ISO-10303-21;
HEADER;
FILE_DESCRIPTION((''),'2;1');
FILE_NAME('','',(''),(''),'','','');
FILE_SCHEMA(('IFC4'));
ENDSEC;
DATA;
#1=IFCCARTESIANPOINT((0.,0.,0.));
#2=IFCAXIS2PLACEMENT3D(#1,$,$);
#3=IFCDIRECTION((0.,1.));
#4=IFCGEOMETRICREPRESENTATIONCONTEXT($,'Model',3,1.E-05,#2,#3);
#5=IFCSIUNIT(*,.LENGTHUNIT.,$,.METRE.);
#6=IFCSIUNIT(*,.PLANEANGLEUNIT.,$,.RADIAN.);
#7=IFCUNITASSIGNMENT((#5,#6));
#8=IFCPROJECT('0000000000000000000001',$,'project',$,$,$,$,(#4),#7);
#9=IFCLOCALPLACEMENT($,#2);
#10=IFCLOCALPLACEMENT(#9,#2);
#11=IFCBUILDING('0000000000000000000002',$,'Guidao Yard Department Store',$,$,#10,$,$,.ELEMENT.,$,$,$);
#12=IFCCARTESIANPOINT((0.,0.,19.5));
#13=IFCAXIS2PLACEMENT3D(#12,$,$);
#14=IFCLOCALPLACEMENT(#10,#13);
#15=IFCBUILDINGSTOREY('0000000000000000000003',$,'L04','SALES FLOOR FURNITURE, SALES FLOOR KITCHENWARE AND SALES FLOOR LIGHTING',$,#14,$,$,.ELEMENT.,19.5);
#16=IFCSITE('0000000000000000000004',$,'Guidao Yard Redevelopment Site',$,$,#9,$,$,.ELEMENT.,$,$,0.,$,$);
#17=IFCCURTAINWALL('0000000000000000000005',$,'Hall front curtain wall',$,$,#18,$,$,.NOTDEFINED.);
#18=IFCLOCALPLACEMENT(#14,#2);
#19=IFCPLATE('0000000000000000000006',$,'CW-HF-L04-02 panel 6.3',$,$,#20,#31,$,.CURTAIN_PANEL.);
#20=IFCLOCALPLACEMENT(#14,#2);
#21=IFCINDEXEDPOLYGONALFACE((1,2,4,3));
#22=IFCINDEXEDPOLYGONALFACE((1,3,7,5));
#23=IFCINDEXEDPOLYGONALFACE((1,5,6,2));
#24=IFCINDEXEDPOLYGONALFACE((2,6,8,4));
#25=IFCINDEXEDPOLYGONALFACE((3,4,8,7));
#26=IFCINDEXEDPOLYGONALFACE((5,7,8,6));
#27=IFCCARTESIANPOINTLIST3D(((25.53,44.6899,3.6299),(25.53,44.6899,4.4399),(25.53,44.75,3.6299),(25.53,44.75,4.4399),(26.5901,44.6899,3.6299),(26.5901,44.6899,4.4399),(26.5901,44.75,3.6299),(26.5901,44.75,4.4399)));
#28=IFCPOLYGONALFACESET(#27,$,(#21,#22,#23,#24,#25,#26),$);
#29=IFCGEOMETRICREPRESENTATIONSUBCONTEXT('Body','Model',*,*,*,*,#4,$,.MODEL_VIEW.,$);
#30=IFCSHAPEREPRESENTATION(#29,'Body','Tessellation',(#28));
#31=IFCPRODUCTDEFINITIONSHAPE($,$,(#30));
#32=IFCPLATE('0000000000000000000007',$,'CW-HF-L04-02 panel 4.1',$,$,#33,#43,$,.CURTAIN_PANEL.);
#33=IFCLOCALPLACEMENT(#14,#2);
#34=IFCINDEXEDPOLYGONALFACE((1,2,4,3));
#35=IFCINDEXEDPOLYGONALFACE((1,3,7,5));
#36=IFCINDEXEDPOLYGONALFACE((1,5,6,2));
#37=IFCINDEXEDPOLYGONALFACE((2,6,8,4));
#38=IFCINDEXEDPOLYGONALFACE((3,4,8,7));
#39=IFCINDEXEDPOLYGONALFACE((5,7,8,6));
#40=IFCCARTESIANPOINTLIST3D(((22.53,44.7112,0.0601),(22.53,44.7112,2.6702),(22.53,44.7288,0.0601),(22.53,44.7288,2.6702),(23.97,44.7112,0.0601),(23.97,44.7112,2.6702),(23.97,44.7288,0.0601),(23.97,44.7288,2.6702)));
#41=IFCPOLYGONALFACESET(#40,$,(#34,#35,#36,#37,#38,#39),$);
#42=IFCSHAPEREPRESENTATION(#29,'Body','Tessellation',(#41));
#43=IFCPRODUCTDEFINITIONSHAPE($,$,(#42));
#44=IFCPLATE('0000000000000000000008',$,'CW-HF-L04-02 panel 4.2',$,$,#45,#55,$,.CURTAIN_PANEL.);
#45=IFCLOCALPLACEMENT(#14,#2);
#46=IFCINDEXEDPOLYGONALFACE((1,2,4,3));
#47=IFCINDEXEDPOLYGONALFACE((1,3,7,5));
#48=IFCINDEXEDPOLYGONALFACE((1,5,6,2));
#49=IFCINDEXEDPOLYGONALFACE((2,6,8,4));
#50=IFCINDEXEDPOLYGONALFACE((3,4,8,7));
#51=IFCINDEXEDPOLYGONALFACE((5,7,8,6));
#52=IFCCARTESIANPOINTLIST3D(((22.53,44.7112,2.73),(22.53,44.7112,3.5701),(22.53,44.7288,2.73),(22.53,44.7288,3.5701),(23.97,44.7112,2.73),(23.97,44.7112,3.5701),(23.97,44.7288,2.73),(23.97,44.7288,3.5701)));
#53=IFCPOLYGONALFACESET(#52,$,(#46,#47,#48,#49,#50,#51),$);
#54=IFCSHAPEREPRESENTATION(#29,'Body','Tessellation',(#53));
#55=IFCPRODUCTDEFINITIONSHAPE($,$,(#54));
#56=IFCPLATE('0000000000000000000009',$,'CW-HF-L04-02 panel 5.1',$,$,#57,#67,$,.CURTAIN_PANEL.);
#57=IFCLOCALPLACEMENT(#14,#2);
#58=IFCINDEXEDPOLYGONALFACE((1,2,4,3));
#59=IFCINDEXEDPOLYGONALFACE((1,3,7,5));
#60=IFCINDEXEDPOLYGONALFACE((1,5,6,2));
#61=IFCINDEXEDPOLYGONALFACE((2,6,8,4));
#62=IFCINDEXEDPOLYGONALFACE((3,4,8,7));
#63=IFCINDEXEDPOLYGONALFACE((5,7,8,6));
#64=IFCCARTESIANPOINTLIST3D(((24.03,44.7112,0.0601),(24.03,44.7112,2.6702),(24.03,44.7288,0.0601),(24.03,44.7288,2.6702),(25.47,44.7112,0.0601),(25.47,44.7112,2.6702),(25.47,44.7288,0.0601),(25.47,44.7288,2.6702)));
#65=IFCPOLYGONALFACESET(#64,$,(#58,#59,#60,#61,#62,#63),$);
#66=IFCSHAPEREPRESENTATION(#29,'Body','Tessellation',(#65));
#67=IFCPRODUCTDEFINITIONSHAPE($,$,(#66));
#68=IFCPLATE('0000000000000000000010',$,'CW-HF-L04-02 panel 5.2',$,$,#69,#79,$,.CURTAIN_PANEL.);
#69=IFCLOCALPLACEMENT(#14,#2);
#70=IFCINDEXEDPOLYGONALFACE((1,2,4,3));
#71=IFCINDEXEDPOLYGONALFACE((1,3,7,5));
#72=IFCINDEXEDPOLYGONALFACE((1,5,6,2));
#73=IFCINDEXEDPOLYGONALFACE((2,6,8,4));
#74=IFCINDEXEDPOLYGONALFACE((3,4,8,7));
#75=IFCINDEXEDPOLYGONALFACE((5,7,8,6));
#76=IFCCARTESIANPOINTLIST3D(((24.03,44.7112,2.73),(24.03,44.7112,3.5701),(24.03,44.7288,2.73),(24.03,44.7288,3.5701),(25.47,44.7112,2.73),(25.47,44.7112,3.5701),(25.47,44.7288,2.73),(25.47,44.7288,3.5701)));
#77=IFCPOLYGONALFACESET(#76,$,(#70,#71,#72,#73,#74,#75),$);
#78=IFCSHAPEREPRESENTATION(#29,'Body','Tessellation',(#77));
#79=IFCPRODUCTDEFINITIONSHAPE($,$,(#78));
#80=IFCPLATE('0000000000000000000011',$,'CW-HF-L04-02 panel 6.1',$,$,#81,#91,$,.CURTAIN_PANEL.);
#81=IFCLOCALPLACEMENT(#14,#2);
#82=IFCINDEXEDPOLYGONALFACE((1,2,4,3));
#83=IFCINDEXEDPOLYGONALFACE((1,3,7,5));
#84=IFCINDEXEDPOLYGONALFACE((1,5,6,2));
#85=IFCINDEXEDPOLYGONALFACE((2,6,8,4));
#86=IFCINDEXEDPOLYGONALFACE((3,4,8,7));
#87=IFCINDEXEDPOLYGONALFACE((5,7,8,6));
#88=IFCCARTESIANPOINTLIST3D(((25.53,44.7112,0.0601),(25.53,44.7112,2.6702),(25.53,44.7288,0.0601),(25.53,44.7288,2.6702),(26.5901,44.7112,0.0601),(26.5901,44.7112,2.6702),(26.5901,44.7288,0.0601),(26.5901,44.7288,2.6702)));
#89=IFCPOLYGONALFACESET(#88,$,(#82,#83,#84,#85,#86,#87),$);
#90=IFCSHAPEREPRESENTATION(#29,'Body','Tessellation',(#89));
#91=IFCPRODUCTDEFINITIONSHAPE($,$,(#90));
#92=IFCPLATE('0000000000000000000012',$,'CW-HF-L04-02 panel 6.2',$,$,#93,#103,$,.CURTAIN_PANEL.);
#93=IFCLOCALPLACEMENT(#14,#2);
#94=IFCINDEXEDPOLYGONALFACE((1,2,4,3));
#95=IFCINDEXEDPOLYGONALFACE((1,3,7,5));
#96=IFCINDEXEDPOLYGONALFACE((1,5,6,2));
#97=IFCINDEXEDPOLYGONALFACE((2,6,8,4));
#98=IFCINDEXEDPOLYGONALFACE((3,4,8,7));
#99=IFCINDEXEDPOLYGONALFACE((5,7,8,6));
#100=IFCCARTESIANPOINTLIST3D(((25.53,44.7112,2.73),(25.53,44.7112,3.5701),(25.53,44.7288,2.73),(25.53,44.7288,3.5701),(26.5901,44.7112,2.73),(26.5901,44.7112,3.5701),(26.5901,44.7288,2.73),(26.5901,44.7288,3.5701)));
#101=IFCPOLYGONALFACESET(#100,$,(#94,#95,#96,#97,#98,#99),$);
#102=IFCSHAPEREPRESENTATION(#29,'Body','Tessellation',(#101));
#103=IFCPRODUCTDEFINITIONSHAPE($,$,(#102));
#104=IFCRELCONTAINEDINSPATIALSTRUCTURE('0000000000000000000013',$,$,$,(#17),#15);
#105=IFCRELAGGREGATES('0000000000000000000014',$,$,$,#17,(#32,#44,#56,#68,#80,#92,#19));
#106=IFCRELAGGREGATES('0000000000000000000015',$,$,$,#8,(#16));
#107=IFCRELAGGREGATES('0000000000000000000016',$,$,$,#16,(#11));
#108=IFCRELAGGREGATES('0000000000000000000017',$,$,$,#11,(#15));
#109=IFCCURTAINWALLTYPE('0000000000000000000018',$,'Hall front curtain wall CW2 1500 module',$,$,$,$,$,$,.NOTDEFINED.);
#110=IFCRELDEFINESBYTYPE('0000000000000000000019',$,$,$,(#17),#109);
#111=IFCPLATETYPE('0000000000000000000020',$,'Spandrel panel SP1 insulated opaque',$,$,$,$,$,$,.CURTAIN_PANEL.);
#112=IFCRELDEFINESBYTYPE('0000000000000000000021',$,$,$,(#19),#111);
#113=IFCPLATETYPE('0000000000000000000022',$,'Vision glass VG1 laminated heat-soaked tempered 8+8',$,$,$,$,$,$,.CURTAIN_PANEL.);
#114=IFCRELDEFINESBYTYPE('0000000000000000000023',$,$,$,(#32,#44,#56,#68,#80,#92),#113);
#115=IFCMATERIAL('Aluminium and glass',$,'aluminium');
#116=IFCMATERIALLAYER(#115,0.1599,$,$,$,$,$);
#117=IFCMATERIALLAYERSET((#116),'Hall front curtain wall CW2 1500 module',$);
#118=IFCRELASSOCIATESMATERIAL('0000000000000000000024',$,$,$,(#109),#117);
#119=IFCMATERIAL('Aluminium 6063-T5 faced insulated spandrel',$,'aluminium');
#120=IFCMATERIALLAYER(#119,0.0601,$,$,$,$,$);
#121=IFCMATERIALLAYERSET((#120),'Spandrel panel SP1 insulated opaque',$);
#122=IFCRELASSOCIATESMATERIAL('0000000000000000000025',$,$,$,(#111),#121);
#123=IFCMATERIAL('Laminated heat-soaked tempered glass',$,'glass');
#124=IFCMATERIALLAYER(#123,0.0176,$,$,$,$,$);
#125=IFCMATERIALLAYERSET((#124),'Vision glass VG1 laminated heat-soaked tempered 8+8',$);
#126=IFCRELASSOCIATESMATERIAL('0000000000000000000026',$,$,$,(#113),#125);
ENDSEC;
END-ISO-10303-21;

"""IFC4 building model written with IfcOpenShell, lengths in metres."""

from ifc_helpers import new_model, si_unit, direction, frame, origin, origin_2d, place, context, subcontext, project, spatial, rectangle, extrude, material, layer, layer_set, type_object, element, aggregate, save


model = new_model("IFC4")

# Units and contexts
model_context = context("Model", 3, precision=1e-05, world=origin(), true_north=direction((0.0, 1.0)))
body_context = subcontext(model_context, "Body", "Model", "MODEL_VIEW")
ifc_project = project(units=[si_unit("LENGTHUNIT", "METRE"), si_unit("PLANEANGLEUNIT", "RADIAN")], contexts=[model_context])

# Site, building, storey
site_placement = place(None, origin())
site = spatial("IfcSite", under=ifc_project, at=site_placement, Name="Guidao Yard Redevelopment Site", CompositionType="ELEMENT", RefElevation=0.0)
building_placement = place(site_placement, origin())
building = spatial("IfcBuilding", under=site, at=building_placement, Name="Guidao Yard Department Store", CompositionType="ELEMENT")
storey_placement = place(building_placement, frame((0.0, 0.0, 19.5)))
storey = spatial("IfcBuildingStorey", under=building, at=storey_placement, Name="L04", Description="SALES FLOOR FURNITURE, SALES FLOOR KITCHENWARE AND SALES FLOOR LIGHTING", CompositionType="ELEMENT", Elevation=19.5)

# Curtain wall, plates
ifc_material_1 = material(Name="Aluminium and glass", Category="aluminium")
ifc_layer_1 = layer(ifc_material_1, 0.1599)
ifc_layer_set_1 = layer_set([ifc_layer_1], Name="Hall front curtain wall CW2 1500 module")
curtain_wall_type = type_object("IfcCurtainWallType", Name="Hall front curtain wall CW2 1500 module", PredefinedType="NOTDEFINED", material=ifc_layer_set_1)
curtain_wall_placement = place(storey_placement, origin())
curtain_wall = element("IfcCurtainWall", 1, at=curtain_wall_placement, inside=storey, type_object=curtain_wall_type, Name="Hall front curtain wall", PredefinedType="NOTDEFINED")
ifc_material_2 = material(Name="Aluminium 6063-T5 faced insulated spandrel", Category="aluminium")
ifc_layer_2 = layer(ifc_material_2, 0.0601)
ifc_layer_set_2 = layer_set([ifc_layer_2], Name="Spandrel panel SP1 insulated opaque")
plate_type_1 = type_object("IfcPlateType", Name="Spandrel panel SP1 insulated opaque", PredefinedType="CURTAIN_PANEL", material=ifc_layer_set_2)
plate_1_placement = place(storey_placement, frame((26.0601, 44.72, 3.6299), z_axis=(0.0, 0.0, 1.0), x_axis=(-1.0, 0.0, 0.0)))
plate_1 = element("IfcPlate", 2, at=plate_1_placement, type_object=plate_type_1, Name="CW-HF-L04-02 panel 6.3", PredefinedType="CURTAIN_PANEL", context=body_context, shape_type="SweptSolid", body=[
    extrude(rectangle(XDim=1.0601, YDim=0.0601, at=origin_2d()), origin(), (0.0, 0.0, 1.0), 0.8101),
])
ifc_material_3 = material(Name="Laminated heat-soaked tempered glass", Category="glass")
ifc_layer_3 = layer(ifc_material_3, 0.0176)
ifc_layer_set_3 = layer_set([ifc_layer_3], Name="Vision glass VG1 laminated heat-soaked tempered 8+8")
plate_type_2 = type_object("IfcPlateType", Name="Vision glass VG1 laminated heat-soaked tempered 8+8", PredefinedType="CURTAIN_PANEL", material=ifc_layer_set_3)
plate_2_placement = place(storey_placement, frame((23.25, 44.72, 0.0601), z_axis=(0.0, 0.0, 1.0), x_axis=(-1.0, 0.0, 0.0)))
plate_2 = element("IfcPlate", 3, at=plate_2_placement, type_object=plate_type_2, Name="CW-HF-L04-02 panel 4.1", PredefinedType="CURTAIN_PANEL", context=body_context, shape_type="SweptSolid", body=[
    extrude(rectangle(XDim=1.4399, YDim=0.0176, at=origin_2d()), origin(), (0.0, 0.0, 1.0), 2.6101),
])
plate_3_placement = place(storey_placement, frame((23.25, 44.72, 2.73), z_axis=(0.0, 0.0, 1.0), x_axis=(-1.0, 0.0, 0.0)))
plate_3 = element("IfcPlate", 4, at=plate_3_placement, type_object=plate_type_2, Name="CW-HF-L04-02 panel 4.2", PredefinedType="CURTAIN_PANEL", context=body_context, shape_type="SweptSolid", body=[
    extrude(rectangle(XDim=1.4399, YDim=0.0176, at=origin_2d()), origin(), (0.0, 0.0, 1.0), 0.8401),
])
plate_4_placement = place(storey_placement, frame((24.75, 44.72, 0.0601), z_axis=(0.0, 0.0, 1.0), x_axis=(-1.0, 0.0, 0.0)))
plate_4 = element("IfcPlate", 5, at=plate_4_placement, type_object=plate_type_2, Name="CW-HF-L04-02 panel 5.1", PredefinedType="CURTAIN_PANEL", context=body_context, shape_type="SweptSolid", body=[
    extrude(rectangle(XDim=1.4399, YDim=0.0176, at=origin_2d()), origin(), (0.0, 0.0, 1.0), 2.6101),
])
plate_5_placement = place(storey_placement, frame((24.75, 44.72, 2.73), z_axis=(0.0, 0.0, 1.0), x_axis=(-1.0, 0.0, 0.0)))
plate_5 = element("IfcPlate", 6, at=plate_5_placement, type_object=plate_type_2, Name="CW-HF-L04-02 panel 5.2", PredefinedType="CURTAIN_PANEL", context=body_context, shape_type="SweptSolid", body=[
    extrude(rectangle(XDim=1.4399, YDim=0.0176, at=origin_2d()), origin(), (0.0, 0.0, 1.0), 0.8401),
])
plate_6_placement = place(storey_placement, frame((26.0601, 44.72, 0.0601), z_axis=(0.0, 0.0, 1.0), x_axis=(-1.0, 0.0, 0.0)))
plate_6 = element("IfcPlate", 7, at=plate_6_placement, type_object=plate_type_2, Name="CW-HF-L04-02 panel 6.1", PredefinedType="CURTAIN_PANEL", context=body_context, shape_type="SweptSolid", body=[
    extrude(rectangle(XDim=1.0601, YDim=0.0176, at=origin_2d()), origin(), (0.0, 0.0, 1.0), 2.6101),
])
plate_7_placement = place(storey_placement, frame((26.0601, 44.72, 2.73), z_axis=(0.0, 0.0, 1.0), x_axis=(-1.0, 0.0, 0.0)))
plate_7 = element("IfcPlate", 8, at=plate_7_placement, type_object=plate_type_2, Name="CW-HF-L04-02 panel 6.2", PredefinedType="CURTAIN_PANEL", context=body_context, shape_type="SweptSolid", body=[
    extrude(rectangle(XDim=1.0601, YDim=0.0176, at=origin_2d()), origin(), (0.0, 0.0, 1.0), 0.8401),
])
aggregate(curtain_wall, [plate_2, plate_3, plate_4, plate_5, plate_6, plate_7, plate_1])

save(model, "model.ifc")
